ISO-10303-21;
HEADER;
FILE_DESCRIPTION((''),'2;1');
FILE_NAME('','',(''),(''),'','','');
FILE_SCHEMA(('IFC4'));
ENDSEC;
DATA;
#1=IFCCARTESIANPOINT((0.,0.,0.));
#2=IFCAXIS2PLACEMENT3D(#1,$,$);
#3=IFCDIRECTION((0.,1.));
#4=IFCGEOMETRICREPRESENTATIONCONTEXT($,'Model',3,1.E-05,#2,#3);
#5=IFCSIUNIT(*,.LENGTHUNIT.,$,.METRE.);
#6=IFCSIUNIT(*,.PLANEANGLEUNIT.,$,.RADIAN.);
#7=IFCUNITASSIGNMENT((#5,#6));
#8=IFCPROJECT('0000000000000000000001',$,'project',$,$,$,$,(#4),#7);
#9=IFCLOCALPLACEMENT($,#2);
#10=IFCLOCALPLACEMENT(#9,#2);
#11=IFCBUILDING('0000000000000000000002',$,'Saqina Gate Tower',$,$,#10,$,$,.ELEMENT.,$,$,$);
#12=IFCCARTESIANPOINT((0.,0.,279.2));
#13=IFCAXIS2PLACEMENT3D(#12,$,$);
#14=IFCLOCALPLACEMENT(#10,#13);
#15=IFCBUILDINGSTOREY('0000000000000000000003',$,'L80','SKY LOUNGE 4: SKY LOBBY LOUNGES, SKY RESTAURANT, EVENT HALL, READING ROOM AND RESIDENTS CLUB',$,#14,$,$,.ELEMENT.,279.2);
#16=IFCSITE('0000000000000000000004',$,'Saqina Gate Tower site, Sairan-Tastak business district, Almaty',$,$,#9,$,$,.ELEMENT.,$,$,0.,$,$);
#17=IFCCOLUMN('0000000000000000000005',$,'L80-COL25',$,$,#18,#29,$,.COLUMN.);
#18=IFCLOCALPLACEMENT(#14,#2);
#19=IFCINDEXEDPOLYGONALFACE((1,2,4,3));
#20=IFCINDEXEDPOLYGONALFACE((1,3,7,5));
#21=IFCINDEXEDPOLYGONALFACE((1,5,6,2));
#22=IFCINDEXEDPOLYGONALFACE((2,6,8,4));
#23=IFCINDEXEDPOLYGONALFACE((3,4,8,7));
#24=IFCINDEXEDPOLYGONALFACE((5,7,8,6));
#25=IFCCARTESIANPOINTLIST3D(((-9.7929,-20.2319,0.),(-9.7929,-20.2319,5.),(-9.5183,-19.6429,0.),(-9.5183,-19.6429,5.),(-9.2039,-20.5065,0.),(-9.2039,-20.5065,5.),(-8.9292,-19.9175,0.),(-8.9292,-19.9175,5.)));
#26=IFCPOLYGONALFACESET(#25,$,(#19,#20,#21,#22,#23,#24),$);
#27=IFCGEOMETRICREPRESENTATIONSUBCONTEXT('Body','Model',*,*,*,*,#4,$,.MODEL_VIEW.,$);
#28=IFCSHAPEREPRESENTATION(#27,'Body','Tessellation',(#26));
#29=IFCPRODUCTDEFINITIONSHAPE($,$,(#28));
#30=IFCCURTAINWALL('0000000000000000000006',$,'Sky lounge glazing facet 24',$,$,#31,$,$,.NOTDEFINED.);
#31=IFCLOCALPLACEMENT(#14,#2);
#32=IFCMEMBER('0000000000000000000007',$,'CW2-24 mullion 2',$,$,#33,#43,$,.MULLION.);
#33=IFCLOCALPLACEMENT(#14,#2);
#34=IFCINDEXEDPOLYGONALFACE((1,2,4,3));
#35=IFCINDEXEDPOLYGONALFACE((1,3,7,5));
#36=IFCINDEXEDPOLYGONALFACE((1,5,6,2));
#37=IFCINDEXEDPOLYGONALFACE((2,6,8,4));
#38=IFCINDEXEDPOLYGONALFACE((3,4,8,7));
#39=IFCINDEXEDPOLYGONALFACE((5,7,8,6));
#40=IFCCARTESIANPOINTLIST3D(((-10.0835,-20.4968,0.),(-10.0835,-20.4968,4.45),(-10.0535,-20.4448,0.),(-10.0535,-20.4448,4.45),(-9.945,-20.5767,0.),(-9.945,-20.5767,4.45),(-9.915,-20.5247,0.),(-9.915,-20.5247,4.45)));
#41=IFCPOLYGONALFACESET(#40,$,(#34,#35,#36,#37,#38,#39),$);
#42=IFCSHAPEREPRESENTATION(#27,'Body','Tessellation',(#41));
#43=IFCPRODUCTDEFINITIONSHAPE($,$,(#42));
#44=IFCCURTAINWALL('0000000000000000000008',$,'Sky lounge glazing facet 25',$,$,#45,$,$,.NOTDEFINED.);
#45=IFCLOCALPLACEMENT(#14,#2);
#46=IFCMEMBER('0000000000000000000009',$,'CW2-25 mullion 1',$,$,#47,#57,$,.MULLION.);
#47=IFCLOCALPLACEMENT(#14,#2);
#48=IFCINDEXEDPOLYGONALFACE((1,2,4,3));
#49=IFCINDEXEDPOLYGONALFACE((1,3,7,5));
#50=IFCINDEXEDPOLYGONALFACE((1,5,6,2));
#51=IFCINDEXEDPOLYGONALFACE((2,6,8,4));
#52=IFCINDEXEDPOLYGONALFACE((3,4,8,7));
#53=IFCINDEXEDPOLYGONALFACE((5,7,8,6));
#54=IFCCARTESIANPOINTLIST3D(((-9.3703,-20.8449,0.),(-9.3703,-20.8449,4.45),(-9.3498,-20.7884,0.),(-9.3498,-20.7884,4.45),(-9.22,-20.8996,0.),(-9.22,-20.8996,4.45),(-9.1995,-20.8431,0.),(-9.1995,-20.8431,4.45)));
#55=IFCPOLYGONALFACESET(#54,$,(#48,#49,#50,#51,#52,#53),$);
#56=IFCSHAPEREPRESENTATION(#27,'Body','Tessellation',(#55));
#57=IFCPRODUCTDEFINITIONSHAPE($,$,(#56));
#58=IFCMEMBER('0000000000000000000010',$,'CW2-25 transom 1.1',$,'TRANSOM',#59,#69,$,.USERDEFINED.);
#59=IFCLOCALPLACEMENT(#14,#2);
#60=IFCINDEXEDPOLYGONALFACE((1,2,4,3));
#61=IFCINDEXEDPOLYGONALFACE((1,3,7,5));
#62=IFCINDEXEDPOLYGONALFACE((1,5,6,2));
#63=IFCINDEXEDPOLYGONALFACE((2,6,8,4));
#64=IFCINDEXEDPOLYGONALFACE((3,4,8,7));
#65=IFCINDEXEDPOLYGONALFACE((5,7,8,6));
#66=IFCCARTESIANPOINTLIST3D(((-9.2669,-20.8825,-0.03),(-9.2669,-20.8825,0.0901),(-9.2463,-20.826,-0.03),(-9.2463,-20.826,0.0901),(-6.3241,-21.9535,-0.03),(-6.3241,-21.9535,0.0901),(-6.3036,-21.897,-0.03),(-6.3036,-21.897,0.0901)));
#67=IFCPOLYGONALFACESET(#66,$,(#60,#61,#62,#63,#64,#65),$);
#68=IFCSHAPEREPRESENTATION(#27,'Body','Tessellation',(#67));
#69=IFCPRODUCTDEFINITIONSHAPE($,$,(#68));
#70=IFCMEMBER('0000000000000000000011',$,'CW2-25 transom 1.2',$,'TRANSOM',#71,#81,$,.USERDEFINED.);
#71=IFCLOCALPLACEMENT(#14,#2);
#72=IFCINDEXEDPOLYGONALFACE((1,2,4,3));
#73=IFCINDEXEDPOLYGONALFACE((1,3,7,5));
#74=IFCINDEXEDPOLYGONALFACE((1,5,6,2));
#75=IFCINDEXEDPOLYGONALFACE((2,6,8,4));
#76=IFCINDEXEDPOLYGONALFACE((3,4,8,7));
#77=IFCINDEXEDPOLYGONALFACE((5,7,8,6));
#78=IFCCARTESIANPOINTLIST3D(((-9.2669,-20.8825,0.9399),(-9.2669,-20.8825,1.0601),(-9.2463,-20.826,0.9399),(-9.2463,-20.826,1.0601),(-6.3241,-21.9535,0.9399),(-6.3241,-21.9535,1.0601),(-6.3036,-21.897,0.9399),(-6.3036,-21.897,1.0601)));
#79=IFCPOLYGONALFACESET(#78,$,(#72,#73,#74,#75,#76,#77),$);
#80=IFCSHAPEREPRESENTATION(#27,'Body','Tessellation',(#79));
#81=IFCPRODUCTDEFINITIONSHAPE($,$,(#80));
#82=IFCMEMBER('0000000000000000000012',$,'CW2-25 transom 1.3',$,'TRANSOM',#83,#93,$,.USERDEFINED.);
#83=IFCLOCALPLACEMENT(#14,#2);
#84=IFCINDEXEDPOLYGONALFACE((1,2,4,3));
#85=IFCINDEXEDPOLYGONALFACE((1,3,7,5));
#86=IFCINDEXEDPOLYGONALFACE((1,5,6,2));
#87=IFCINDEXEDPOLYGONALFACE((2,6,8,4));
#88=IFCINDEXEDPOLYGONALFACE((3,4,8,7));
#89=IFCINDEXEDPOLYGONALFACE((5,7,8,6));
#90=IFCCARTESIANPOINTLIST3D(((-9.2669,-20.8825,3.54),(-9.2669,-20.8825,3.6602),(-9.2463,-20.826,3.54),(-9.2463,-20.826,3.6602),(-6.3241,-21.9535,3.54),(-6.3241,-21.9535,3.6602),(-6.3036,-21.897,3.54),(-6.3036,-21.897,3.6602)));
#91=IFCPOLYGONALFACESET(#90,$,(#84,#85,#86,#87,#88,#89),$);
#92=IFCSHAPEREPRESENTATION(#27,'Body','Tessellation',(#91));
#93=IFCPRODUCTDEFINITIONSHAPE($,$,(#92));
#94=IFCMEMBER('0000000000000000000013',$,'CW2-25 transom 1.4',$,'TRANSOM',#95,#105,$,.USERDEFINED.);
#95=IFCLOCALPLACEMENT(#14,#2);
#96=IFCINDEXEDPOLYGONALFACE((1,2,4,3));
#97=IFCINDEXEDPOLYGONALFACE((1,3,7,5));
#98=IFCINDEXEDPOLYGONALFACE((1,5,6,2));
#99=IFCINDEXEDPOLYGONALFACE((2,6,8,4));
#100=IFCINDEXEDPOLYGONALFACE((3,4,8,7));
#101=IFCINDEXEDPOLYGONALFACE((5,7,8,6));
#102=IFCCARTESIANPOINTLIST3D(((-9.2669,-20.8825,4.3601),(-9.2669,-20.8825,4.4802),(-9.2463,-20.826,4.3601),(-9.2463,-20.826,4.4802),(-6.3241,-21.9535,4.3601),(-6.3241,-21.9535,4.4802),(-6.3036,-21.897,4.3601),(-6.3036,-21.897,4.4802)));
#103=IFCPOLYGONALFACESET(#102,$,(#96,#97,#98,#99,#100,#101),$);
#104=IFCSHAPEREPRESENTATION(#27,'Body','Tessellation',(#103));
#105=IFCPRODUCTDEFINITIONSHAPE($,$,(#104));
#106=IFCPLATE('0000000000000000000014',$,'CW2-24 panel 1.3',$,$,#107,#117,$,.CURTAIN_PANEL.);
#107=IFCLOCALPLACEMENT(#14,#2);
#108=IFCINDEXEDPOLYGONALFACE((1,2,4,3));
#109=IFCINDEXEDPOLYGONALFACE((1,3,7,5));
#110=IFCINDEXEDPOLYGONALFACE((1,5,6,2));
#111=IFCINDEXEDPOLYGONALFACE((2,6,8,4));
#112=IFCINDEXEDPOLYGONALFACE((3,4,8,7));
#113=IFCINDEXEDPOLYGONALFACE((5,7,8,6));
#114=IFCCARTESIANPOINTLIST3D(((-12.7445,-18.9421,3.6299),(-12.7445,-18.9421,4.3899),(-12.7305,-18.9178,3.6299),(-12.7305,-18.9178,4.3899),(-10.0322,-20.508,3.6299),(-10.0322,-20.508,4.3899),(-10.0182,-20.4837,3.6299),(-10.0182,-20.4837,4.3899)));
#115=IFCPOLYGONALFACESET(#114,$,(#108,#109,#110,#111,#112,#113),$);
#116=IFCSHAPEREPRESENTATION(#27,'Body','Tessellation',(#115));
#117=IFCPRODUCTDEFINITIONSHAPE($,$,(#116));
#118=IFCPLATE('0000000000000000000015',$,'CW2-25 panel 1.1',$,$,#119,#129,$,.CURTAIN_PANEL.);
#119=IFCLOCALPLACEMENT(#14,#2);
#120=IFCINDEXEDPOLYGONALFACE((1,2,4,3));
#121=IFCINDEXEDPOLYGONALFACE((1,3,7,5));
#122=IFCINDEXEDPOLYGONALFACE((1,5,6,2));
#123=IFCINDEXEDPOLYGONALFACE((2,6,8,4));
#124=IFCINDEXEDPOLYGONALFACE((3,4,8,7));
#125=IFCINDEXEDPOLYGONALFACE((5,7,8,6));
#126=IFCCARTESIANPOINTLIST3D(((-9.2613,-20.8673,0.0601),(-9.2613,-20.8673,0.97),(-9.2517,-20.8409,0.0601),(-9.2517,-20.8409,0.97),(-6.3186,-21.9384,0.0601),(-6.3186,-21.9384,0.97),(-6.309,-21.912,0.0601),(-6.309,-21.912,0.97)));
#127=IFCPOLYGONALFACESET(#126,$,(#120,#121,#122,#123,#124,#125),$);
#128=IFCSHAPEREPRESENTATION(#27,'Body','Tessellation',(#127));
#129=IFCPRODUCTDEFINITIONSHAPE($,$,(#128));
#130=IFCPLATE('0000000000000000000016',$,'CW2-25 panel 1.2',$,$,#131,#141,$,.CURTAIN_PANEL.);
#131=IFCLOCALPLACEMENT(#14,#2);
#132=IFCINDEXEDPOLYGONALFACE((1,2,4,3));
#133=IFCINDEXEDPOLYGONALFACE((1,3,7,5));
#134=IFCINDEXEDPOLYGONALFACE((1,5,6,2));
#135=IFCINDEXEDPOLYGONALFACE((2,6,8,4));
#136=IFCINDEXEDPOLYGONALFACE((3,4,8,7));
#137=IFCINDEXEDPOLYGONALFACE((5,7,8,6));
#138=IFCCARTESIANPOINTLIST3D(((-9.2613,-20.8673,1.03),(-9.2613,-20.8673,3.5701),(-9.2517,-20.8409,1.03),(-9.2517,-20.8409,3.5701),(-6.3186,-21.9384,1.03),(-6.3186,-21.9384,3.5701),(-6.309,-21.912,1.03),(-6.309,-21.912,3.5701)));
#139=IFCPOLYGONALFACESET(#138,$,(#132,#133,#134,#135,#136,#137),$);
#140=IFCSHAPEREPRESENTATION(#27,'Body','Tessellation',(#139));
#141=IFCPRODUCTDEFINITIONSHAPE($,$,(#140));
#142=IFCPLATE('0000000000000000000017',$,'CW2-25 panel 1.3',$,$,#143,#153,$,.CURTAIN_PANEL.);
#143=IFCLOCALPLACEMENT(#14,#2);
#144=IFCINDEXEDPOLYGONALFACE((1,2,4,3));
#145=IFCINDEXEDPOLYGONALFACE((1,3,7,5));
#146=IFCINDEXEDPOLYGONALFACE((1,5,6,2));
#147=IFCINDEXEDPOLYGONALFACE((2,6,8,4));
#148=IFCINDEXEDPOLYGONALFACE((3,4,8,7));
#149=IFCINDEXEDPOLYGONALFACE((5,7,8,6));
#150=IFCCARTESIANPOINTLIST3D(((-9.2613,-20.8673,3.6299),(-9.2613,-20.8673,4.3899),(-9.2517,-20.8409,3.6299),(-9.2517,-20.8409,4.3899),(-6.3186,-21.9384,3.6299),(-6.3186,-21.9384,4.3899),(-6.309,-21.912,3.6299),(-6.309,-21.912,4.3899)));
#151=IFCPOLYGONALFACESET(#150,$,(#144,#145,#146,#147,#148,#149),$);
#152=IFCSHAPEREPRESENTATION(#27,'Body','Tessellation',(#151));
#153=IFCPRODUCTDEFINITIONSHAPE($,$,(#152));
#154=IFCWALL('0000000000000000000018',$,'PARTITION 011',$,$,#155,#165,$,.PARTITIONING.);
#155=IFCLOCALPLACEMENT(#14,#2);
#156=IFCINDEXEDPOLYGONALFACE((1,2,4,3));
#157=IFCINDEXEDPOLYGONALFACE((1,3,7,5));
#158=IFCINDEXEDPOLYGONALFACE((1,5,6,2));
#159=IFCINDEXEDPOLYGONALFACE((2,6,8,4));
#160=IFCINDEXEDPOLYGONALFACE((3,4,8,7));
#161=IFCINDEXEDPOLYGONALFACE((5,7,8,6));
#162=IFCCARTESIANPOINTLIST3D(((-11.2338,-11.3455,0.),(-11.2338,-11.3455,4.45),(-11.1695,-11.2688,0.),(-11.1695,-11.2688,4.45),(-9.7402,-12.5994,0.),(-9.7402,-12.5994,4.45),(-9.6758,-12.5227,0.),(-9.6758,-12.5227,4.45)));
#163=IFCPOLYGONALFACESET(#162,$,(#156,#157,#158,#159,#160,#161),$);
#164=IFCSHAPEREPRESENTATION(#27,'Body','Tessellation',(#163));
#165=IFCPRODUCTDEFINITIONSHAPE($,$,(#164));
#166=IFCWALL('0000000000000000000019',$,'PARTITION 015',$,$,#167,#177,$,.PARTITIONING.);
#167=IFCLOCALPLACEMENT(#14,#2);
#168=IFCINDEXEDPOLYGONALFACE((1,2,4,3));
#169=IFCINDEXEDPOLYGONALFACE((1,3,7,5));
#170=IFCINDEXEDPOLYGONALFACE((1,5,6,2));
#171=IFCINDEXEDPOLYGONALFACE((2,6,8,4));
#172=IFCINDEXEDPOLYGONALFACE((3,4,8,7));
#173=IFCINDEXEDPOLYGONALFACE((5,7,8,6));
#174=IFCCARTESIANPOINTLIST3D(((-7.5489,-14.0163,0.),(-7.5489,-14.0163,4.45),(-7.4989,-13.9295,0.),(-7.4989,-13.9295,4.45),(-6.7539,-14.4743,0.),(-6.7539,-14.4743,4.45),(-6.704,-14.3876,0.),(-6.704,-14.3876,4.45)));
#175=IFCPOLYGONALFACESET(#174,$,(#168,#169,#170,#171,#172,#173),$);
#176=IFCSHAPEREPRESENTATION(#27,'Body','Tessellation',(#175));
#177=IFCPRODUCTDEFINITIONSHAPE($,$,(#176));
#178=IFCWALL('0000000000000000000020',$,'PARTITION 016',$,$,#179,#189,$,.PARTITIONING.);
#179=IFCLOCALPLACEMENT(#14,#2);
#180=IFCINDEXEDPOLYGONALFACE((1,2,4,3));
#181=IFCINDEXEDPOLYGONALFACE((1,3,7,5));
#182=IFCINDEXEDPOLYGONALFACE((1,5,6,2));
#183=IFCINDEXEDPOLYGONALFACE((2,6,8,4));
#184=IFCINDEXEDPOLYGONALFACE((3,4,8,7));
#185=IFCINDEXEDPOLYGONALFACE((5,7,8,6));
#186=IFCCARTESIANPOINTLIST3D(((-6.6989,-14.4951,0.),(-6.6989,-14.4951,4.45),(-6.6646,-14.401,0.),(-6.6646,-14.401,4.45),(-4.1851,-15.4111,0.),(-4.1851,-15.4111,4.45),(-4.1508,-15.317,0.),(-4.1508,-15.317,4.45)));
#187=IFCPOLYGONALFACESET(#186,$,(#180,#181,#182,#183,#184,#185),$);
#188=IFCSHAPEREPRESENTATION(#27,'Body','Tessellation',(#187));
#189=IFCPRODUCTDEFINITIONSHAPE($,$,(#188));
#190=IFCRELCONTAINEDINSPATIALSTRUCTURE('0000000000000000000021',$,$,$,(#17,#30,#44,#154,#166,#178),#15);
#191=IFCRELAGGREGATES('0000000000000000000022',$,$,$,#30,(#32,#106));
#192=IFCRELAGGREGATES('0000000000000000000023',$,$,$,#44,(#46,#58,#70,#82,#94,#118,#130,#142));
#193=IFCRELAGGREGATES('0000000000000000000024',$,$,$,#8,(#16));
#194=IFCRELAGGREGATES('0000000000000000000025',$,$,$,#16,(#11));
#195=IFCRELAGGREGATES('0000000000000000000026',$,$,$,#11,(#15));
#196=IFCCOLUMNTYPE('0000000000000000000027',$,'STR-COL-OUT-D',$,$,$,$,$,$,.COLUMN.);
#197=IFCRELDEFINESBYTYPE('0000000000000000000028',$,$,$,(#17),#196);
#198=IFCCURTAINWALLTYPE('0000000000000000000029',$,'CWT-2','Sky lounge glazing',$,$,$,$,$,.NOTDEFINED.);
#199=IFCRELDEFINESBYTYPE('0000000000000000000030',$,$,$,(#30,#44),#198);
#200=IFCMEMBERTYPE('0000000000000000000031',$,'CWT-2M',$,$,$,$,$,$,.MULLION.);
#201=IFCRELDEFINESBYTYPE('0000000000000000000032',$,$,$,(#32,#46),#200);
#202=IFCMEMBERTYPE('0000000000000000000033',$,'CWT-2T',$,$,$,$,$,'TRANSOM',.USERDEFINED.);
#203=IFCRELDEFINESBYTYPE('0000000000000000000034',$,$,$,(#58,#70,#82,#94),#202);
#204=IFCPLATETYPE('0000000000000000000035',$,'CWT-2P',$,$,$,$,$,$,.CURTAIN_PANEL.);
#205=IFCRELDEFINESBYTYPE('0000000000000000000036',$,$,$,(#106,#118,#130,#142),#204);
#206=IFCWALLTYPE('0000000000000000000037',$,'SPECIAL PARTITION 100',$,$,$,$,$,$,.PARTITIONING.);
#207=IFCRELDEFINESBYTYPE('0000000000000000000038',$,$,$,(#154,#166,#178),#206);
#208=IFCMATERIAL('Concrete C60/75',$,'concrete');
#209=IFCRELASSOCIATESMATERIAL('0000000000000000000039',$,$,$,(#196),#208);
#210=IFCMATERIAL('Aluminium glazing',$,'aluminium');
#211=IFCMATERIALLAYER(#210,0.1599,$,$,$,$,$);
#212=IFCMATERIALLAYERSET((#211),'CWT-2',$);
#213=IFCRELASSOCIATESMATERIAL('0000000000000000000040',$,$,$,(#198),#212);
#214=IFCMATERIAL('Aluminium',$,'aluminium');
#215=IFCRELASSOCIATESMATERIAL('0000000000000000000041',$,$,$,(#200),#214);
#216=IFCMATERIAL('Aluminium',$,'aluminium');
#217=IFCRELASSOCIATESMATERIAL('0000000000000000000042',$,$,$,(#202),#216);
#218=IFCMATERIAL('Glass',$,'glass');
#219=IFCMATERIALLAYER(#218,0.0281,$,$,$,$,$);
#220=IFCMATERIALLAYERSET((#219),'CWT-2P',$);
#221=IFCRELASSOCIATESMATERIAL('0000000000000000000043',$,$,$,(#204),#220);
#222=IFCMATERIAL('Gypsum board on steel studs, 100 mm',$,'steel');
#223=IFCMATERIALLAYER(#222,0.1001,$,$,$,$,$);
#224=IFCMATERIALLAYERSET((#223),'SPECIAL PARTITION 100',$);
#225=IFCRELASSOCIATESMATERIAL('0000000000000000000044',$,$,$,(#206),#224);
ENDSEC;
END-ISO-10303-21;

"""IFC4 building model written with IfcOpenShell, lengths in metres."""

from ifc_helpers import new_model, si_unit, direction, frame, frame_2d, origin, origin_2d, place, context, subcontext, project, spatial, rectangle, extrude, material, layer, layer_set, material_profile, profile_set, type_object, element, aggregate, save


model = new_model("IFC4")

# Units and contexts
model_context = context("Model", 3, precision=1e-05, world=origin(), true_north=direction((0.0, 1.0)))
body_context = subcontext(model_context, "Body", "Model", "MODEL_VIEW")
ifc_project = project(units=[si_unit("LENGTHUNIT", "METRE"), si_unit("PLANEANGLEUNIT", "RADIAN")], contexts=[model_context])

# Site, building, storey
site_placement = place(None, origin())
site = spatial("IfcSite", under=ifc_project, at=site_placement, Name="Saqina Gate Tower site, Sairan-Tastak business district, Almaty", CompositionType="ELEMENT", RefElevation=0.0)
building_placement = place(site_placement, origin())
building = spatial("IfcBuilding", under=site, at=building_placement, Name="Saqina Gate Tower", CompositionType="ELEMENT")
storey_placement = place(building_placement, frame((0.0, 0.0, 279.2)))
storey = spatial("IfcBuildingStorey", under=building, at=storey_placement, Name="L80", Description="SKY LOUNGE 4: SKY LOBBY LOUNGES, SKY RESTAURANT, EVENT HALL, READING ROOM AND RESIDENTS CLUB", CompositionType="ELEMENT", Elevation=279.2)

# Column
ifc_material_1 = material(Name="Concrete C60/75", Category="concrete")
ifc_material_profile_1 = material_profile(ifc_material_1, rectangle(XDim=0.6499, YDim=0.6499, at=origin_2d()), Name="RC 650x650")
ifc_profile_set_1 = profile_set([ifc_material_profile_1], Name="Concrete C60/75")
column_type = type_object("IfcColumnType", Name="STR-COL-OUT-D", PredefinedType="COLUMN", material=ifc_profile_set_1)
column_placement = place(storey_placement, frame((-9.3611, -20.0747, 0.0), z_axis=(0.0, 0.0, 1.0), x_axis=(-0.422618, -0.906308, 0.0)))
element("IfcColumn", 1, at=column_placement, inside=storey, type_object=column_type, Name="L80-COL25", PredefinedType="COLUMN", context=body_context, shape_type="SweptSolid", body=[
    extrude(rectangle(XDim=0.6499, YDim=0.6499, at=origin_2d()), origin(), (0.0, 0.0, 1.0), 5.0),
])

# Curtain wall, member
ifc_material_2 = material(Name="Aluminium glazing", Category="aluminium")
ifc_layer_1 = layer(ifc_material_2, 0.1599)
ifc_layer_set_1 = layer_set([ifc_layer_1], Name="CWT-2")
curtain_wall_type = type_object("IfcCurtainWallType", Name="CWT-2", Description="Sky lounge glazing", PredefinedType="NOTDEFINED", material=ifc_layer_set_1)
curtain_wall_1_placement = place(storey_placement, origin())
curtain_wall_1 = element("IfcCurtainWall", 2, at=curtain_wall_1_placement, inside=storey, type_object=curtain_wall_type, Name="Sky lounge glazing facet 24", PredefinedType="NOTDEFINED")
ifc_material_3 = material(Name="Aluminium", Category="aluminium")
ifc_material_profile_2 = material_profile(ifc_material_3, rectangle(XDim=0.0601, YDim=0.1599, at=origin_2d()), Name="Aluminium 60x160")
ifc_profile_set_2 = profile_set([ifc_material_profile_2], Name="Aluminium")
member_type_1 = type_object("IfcMemberType", Name="CWT-2M", PredefinedType="MULLION", material=ifc_profile_set_2)
member_1_placement = place(storey_placement, frame((-9.9993, -20.5107, 0.0), z_axis=(0.0, 0.0, 1.0), x_axis=(0.499982, 0.866036, 0.0)))
member_1 = element("IfcMember", 3, at=member_1_placement, type_object=member_type_1, Name="CW2-24 mullion 2", PredefinedType="MULLION", context=body_context, shape_type="SweptSolid", body=[
    extrude(rectangle(XDim=0.0601, YDim=0.1599, at=origin_2d()), origin(), (0.0, 0.0, 1.0), 4.45),
])

# Curtain wall, members
curtain_wall_2_placement = place(storey_placement, origin())
curtain_wall_2 = element("IfcCurtainWall", 4, at=curtain_wall_2_placement, inside=storey, type_object=curtain_wall_type, Name="Sky lounge glazing facet 25", PredefinedType="NOTDEFINED")
member_2_placement = place(storey_placement, frame((-9.2849, -20.844, 0.0), z_axis=(0.0, 0.0, 1.0), x_axis=(0.342007, 0.939697, 0.0)))
member_2 = element("IfcMember", 5, at=member_2_placement, type_object=member_type_1, Name="CW2-25 mullion 1", PredefinedType="MULLION", context=body_context, shape_type="SweptSolid", body=[
    extrude(rectangle(XDim=0.0601, YDim=0.1599, at=origin_2d()), origin(), (0.0, 0.0, 1.0), 4.45),
])
ifc_material_4 = material(Name="Aluminium", Category="aluminium")
ifc_material_profile_3 = material_profile(ifc_material_4, rectangle(XDim=0.0601, YDim=0.1201, at=origin_2d()), Name="Aluminium 60x120")
ifc_profile_set_3 = profile_set([ifc_material_profile_3], Name="Aluminium")
member_type_2 = type_object("IfcMemberType", Name="CWT-2T", ElementType="TRANSOM", PredefinedType="USERDEFINED", material=ifc_profile_set_3)
member_3_placement = place(storey_placement, frame((-9.2566, -20.8542, 0.03), z_axis=(0.9397, -0.342, 0.0), x_axis=(0.342, 0.9397, 0.0)))
member_3 = element("IfcMember", 6, at=member_3_placement, type_object=member_type_2, Name="CW2-25 transom 1.1", ObjectType="TRANSOM", PredefinedType="USERDEFINED", context=body_context, shape_type="SweptSolid", body=[
    extrude(rectangle(XDim=0.0601, YDim=0.1201, at=origin_2d()), origin(), (0.0, 0.0, 1.0), 3.1316),
])
member_4_placement = place(storey_placement, frame((-9.2566, -20.8542, 1.0), z_axis=(0.9397, -0.342, 0.0), x_axis=(0.342, 0.9397, 0.0)))
member_4 = element("IfcMember", 7, at=member_4_placement, type_object=member_type_2, Name="CW2-25 transom 1.2", ObjectType="TRANSOM", PredefinedType="USERDEFINED", context=body_context, shape_type="SweptSolid", body=[
    extrude(rectangle(XDim=0.0601, YDim=0.1201, at=origin_2d()), origin(), (0.0, 0.0, 1.0), 3.1316),
])
member_5_placement = place(storey_placement, frame((-9.2566, -20.8542, 3.6001), z_axis=(0.9397, -0.342, 0.0), x_axis=(0.342, 0.9397, 0.0)))
member_5 = element("IfcMember", 8, at=member_5_placement, type_object=member_type_2, Name="CW2-25 transom 1.3", ObjectType="TRANSOM", PredefinedType="USERDEFINED", context=body_context, shape_type="SweptSolid", body=[
    extrude(rectangle(XDim=0.0601, YDim=0.1201, at=origin_2d()), origin(), (0.0, 0.0, 1.0), 3.1316),
])
member_6_placement = place(storey_placement, frame((-9.2566, -20.8542, 4.4202), z_axis=(0.9397, -0.342, 0.0), x_axis=(0.342, 0.9397, 0.0)))
member_6 = element("IfcMember", 9, at=member_6_placement, type_object=member_type_2, Name="CW2-25 transom 1.4", ObjectType="TRANSOM", PredefinedType="USERDEFINED", context=body_context, shape_type="SweptSolid", body=[
    extrude(rectangle(XDim=0.0601, YDim=0.1201, at=origin_2d()), origin(), (0.0, 0.0, 1.0), 3.1316),
])

# Plates
ifc_material_5 = material(Name="Glass", Category="glass")
ifc_layer_2 = layer(ifc_material_5, 0.0281)
ifc_layer_set_2 = layer_set([ifc_layer_2], Name="CWT-2P")
plate_type = type_object("IfcPlateType", Name="CWT-2P", PredefinedType="CURTAIN_PANEL", material=ifc_layer_set_2)
plate_1_placement = place(storey_placement, frame((-11.3813, -19.7129, 3.6299), z_axis=(0.0, 0.0, 1.0), x_axis=(0.866036, -0.499982, 0.0)))
plate_1 = element("IfcPlate", 10, at=plate_1_placement, type_object=plate_type, Name="CW2-24 panel 1.3", PredefinedType="CURTAIN_PANEL", context=body_context, shape_type="SweptSolid", body=[
    extrude(rectangle(XDim=3.1318, YDim=0.0281, at=origin_2d()), origin(), (0.0, 0.0, 1.0), 0.76),
])
aggregate(curtain_wall_1, [member_1, plate_1])
plate_2_placement = place(storey_placement, frame((-7.7852, -21.3896, 0.0601), z_axis=(0.0, 0.0, 1.0), x_axis=(0.939697, -0.342007, 0.0)))
plate_2 = element("IfcPlate", 11, at=plate_2_placement, type_object=plate_type, Name="CW2-25 panel 1.1", PredefinedType="CURTAIN_PANEL", context=body_context, shape_type="SweptSolid", body=[
    extrude(rectangle(XDim=3.1316, YDim=0.0281, at=origin_2d()), origin(), (0.0, 0.0, 1.0), 0.9099),
])
plate_3_placement = place(storey_placement, frame((-7.7852, -21.3896, 1.03), z_axis=(0.0, 0.0, 1.0), x_axis=(0.939697, -0.342007, 0.0)))
plate_3 = element("IfcPlate", 12, at=plate_3_placement, type_object=plate_type, Name="CW2-25 panel 1.2", PredefinedType="CURTAIN_PANEL", context=body_context, shape_type="SweptSolid", body=[
    extrude(rectangle(XDim=3.1316, YDim=0.0281, at=origin_2d()), origin(), (0.0, 0.0, 1.0), 2.54),
])
plate_4_placement = place(storey_placement, frame((-7.7852, -21.3896, 3.6299), z_axis=(0.0, 0.0, 1.0), x_axis=(0.939697, -0.342007, 0.0)))
plate_4 = element("IfcPlate", 13, at=plate_4_placement, type_object=plate_type, Name="CW2-25 panel 1.3", PredefinedType="CURTAIN_PANEL", context=body_context, shape_type="SweptSolid", body=[
    extrude(rectangle(XDim=3.1316, YDim=0.0281, at=origin_2d()), origin(), (0.0, 0.0, 1.0), 0.76),
])
aggregate(curtain_wall_2, [member_2, member_3, member_4, member_5, member_6, plate_2, plate_3, plate_4])

# Walls
ifc_material_6 = material(Name="Gypsum board on steel studs, 100 mm", Category="steel")
ifc_layer_3 = layer(ifc_material_6, 0.1001)
ifc_layer_set_3 = layer_set([ifc_layer_3], Name="SPECIAL PARTITION 100")
wall_type_1 = type_object("IfcWallType", Name="SPECIAL PARTITION 100", PredefinedType="PARTITIONING", material=ifc_layer_set_3)
wall_1_placement = place(storey_placement, frame((-11.2017, -11.3071, 0.0), z_axis=(0.0, 0.0, 1.0), x_axis=(0.765897, -0.642963, 0.0)))
element("IfcWall", 14, at=wall_1_placement, inside=storey, type_object=wall_type_1, Name="PARTITION 011", PredefinedType="PARTITIONING", context=body_context, shape_type="SweptSolid", body=[
    extrude(rectangle(XDim=1.9502, YDim=0.1001, at=frame_2d((0.9751, 0.0))), origin(), (0.0, 0.0, 1.0), 4.45),
])
wall_2_placement = place(storey_placement, frame((-7.5239, -13.9729, 0.0), z_axis=(0.0, 0.0, 1.0), x_axis=(0.866469, -0.499231, 0.0)))
element("IfcWall", 15, at=wall_2_placement, inside=storey, type_object=wall_type_1, Name="PARTITION 015", PredefinedType="PARTITIONING", context=body_context, shape_type="SweptSolid", body=[
    extrude(rectangle(XDim=0.9175, YDim=0.1001, at=frame_2d((0.4587, 0.0))), origin(), (0.0, 0.0, 1.0), 4.45),
])
wall_3_placement = place(storey_placement, frame((-6.6819, -14.448, 0.0), z_axis=(0.0, 0.0, 1.0), x_axis=(0.939569, -0.342358, 0.0)))
element("IfcWall", 16, at=wall_3_placement, inside=storey, type_object=wall_type_1, Name="PARTITION 016", PredefinedType="PARTITIONING", context=body_context, shape_type="SweptSolid", body=[
    extrude(rectangle(XDim=2.6755, YDim=0.1001, at=frame_2d((1.3379, 0.0))), origin(), (0.0, 0.0, 1.0), 4.45),
])

save(model, "model.ifc")
